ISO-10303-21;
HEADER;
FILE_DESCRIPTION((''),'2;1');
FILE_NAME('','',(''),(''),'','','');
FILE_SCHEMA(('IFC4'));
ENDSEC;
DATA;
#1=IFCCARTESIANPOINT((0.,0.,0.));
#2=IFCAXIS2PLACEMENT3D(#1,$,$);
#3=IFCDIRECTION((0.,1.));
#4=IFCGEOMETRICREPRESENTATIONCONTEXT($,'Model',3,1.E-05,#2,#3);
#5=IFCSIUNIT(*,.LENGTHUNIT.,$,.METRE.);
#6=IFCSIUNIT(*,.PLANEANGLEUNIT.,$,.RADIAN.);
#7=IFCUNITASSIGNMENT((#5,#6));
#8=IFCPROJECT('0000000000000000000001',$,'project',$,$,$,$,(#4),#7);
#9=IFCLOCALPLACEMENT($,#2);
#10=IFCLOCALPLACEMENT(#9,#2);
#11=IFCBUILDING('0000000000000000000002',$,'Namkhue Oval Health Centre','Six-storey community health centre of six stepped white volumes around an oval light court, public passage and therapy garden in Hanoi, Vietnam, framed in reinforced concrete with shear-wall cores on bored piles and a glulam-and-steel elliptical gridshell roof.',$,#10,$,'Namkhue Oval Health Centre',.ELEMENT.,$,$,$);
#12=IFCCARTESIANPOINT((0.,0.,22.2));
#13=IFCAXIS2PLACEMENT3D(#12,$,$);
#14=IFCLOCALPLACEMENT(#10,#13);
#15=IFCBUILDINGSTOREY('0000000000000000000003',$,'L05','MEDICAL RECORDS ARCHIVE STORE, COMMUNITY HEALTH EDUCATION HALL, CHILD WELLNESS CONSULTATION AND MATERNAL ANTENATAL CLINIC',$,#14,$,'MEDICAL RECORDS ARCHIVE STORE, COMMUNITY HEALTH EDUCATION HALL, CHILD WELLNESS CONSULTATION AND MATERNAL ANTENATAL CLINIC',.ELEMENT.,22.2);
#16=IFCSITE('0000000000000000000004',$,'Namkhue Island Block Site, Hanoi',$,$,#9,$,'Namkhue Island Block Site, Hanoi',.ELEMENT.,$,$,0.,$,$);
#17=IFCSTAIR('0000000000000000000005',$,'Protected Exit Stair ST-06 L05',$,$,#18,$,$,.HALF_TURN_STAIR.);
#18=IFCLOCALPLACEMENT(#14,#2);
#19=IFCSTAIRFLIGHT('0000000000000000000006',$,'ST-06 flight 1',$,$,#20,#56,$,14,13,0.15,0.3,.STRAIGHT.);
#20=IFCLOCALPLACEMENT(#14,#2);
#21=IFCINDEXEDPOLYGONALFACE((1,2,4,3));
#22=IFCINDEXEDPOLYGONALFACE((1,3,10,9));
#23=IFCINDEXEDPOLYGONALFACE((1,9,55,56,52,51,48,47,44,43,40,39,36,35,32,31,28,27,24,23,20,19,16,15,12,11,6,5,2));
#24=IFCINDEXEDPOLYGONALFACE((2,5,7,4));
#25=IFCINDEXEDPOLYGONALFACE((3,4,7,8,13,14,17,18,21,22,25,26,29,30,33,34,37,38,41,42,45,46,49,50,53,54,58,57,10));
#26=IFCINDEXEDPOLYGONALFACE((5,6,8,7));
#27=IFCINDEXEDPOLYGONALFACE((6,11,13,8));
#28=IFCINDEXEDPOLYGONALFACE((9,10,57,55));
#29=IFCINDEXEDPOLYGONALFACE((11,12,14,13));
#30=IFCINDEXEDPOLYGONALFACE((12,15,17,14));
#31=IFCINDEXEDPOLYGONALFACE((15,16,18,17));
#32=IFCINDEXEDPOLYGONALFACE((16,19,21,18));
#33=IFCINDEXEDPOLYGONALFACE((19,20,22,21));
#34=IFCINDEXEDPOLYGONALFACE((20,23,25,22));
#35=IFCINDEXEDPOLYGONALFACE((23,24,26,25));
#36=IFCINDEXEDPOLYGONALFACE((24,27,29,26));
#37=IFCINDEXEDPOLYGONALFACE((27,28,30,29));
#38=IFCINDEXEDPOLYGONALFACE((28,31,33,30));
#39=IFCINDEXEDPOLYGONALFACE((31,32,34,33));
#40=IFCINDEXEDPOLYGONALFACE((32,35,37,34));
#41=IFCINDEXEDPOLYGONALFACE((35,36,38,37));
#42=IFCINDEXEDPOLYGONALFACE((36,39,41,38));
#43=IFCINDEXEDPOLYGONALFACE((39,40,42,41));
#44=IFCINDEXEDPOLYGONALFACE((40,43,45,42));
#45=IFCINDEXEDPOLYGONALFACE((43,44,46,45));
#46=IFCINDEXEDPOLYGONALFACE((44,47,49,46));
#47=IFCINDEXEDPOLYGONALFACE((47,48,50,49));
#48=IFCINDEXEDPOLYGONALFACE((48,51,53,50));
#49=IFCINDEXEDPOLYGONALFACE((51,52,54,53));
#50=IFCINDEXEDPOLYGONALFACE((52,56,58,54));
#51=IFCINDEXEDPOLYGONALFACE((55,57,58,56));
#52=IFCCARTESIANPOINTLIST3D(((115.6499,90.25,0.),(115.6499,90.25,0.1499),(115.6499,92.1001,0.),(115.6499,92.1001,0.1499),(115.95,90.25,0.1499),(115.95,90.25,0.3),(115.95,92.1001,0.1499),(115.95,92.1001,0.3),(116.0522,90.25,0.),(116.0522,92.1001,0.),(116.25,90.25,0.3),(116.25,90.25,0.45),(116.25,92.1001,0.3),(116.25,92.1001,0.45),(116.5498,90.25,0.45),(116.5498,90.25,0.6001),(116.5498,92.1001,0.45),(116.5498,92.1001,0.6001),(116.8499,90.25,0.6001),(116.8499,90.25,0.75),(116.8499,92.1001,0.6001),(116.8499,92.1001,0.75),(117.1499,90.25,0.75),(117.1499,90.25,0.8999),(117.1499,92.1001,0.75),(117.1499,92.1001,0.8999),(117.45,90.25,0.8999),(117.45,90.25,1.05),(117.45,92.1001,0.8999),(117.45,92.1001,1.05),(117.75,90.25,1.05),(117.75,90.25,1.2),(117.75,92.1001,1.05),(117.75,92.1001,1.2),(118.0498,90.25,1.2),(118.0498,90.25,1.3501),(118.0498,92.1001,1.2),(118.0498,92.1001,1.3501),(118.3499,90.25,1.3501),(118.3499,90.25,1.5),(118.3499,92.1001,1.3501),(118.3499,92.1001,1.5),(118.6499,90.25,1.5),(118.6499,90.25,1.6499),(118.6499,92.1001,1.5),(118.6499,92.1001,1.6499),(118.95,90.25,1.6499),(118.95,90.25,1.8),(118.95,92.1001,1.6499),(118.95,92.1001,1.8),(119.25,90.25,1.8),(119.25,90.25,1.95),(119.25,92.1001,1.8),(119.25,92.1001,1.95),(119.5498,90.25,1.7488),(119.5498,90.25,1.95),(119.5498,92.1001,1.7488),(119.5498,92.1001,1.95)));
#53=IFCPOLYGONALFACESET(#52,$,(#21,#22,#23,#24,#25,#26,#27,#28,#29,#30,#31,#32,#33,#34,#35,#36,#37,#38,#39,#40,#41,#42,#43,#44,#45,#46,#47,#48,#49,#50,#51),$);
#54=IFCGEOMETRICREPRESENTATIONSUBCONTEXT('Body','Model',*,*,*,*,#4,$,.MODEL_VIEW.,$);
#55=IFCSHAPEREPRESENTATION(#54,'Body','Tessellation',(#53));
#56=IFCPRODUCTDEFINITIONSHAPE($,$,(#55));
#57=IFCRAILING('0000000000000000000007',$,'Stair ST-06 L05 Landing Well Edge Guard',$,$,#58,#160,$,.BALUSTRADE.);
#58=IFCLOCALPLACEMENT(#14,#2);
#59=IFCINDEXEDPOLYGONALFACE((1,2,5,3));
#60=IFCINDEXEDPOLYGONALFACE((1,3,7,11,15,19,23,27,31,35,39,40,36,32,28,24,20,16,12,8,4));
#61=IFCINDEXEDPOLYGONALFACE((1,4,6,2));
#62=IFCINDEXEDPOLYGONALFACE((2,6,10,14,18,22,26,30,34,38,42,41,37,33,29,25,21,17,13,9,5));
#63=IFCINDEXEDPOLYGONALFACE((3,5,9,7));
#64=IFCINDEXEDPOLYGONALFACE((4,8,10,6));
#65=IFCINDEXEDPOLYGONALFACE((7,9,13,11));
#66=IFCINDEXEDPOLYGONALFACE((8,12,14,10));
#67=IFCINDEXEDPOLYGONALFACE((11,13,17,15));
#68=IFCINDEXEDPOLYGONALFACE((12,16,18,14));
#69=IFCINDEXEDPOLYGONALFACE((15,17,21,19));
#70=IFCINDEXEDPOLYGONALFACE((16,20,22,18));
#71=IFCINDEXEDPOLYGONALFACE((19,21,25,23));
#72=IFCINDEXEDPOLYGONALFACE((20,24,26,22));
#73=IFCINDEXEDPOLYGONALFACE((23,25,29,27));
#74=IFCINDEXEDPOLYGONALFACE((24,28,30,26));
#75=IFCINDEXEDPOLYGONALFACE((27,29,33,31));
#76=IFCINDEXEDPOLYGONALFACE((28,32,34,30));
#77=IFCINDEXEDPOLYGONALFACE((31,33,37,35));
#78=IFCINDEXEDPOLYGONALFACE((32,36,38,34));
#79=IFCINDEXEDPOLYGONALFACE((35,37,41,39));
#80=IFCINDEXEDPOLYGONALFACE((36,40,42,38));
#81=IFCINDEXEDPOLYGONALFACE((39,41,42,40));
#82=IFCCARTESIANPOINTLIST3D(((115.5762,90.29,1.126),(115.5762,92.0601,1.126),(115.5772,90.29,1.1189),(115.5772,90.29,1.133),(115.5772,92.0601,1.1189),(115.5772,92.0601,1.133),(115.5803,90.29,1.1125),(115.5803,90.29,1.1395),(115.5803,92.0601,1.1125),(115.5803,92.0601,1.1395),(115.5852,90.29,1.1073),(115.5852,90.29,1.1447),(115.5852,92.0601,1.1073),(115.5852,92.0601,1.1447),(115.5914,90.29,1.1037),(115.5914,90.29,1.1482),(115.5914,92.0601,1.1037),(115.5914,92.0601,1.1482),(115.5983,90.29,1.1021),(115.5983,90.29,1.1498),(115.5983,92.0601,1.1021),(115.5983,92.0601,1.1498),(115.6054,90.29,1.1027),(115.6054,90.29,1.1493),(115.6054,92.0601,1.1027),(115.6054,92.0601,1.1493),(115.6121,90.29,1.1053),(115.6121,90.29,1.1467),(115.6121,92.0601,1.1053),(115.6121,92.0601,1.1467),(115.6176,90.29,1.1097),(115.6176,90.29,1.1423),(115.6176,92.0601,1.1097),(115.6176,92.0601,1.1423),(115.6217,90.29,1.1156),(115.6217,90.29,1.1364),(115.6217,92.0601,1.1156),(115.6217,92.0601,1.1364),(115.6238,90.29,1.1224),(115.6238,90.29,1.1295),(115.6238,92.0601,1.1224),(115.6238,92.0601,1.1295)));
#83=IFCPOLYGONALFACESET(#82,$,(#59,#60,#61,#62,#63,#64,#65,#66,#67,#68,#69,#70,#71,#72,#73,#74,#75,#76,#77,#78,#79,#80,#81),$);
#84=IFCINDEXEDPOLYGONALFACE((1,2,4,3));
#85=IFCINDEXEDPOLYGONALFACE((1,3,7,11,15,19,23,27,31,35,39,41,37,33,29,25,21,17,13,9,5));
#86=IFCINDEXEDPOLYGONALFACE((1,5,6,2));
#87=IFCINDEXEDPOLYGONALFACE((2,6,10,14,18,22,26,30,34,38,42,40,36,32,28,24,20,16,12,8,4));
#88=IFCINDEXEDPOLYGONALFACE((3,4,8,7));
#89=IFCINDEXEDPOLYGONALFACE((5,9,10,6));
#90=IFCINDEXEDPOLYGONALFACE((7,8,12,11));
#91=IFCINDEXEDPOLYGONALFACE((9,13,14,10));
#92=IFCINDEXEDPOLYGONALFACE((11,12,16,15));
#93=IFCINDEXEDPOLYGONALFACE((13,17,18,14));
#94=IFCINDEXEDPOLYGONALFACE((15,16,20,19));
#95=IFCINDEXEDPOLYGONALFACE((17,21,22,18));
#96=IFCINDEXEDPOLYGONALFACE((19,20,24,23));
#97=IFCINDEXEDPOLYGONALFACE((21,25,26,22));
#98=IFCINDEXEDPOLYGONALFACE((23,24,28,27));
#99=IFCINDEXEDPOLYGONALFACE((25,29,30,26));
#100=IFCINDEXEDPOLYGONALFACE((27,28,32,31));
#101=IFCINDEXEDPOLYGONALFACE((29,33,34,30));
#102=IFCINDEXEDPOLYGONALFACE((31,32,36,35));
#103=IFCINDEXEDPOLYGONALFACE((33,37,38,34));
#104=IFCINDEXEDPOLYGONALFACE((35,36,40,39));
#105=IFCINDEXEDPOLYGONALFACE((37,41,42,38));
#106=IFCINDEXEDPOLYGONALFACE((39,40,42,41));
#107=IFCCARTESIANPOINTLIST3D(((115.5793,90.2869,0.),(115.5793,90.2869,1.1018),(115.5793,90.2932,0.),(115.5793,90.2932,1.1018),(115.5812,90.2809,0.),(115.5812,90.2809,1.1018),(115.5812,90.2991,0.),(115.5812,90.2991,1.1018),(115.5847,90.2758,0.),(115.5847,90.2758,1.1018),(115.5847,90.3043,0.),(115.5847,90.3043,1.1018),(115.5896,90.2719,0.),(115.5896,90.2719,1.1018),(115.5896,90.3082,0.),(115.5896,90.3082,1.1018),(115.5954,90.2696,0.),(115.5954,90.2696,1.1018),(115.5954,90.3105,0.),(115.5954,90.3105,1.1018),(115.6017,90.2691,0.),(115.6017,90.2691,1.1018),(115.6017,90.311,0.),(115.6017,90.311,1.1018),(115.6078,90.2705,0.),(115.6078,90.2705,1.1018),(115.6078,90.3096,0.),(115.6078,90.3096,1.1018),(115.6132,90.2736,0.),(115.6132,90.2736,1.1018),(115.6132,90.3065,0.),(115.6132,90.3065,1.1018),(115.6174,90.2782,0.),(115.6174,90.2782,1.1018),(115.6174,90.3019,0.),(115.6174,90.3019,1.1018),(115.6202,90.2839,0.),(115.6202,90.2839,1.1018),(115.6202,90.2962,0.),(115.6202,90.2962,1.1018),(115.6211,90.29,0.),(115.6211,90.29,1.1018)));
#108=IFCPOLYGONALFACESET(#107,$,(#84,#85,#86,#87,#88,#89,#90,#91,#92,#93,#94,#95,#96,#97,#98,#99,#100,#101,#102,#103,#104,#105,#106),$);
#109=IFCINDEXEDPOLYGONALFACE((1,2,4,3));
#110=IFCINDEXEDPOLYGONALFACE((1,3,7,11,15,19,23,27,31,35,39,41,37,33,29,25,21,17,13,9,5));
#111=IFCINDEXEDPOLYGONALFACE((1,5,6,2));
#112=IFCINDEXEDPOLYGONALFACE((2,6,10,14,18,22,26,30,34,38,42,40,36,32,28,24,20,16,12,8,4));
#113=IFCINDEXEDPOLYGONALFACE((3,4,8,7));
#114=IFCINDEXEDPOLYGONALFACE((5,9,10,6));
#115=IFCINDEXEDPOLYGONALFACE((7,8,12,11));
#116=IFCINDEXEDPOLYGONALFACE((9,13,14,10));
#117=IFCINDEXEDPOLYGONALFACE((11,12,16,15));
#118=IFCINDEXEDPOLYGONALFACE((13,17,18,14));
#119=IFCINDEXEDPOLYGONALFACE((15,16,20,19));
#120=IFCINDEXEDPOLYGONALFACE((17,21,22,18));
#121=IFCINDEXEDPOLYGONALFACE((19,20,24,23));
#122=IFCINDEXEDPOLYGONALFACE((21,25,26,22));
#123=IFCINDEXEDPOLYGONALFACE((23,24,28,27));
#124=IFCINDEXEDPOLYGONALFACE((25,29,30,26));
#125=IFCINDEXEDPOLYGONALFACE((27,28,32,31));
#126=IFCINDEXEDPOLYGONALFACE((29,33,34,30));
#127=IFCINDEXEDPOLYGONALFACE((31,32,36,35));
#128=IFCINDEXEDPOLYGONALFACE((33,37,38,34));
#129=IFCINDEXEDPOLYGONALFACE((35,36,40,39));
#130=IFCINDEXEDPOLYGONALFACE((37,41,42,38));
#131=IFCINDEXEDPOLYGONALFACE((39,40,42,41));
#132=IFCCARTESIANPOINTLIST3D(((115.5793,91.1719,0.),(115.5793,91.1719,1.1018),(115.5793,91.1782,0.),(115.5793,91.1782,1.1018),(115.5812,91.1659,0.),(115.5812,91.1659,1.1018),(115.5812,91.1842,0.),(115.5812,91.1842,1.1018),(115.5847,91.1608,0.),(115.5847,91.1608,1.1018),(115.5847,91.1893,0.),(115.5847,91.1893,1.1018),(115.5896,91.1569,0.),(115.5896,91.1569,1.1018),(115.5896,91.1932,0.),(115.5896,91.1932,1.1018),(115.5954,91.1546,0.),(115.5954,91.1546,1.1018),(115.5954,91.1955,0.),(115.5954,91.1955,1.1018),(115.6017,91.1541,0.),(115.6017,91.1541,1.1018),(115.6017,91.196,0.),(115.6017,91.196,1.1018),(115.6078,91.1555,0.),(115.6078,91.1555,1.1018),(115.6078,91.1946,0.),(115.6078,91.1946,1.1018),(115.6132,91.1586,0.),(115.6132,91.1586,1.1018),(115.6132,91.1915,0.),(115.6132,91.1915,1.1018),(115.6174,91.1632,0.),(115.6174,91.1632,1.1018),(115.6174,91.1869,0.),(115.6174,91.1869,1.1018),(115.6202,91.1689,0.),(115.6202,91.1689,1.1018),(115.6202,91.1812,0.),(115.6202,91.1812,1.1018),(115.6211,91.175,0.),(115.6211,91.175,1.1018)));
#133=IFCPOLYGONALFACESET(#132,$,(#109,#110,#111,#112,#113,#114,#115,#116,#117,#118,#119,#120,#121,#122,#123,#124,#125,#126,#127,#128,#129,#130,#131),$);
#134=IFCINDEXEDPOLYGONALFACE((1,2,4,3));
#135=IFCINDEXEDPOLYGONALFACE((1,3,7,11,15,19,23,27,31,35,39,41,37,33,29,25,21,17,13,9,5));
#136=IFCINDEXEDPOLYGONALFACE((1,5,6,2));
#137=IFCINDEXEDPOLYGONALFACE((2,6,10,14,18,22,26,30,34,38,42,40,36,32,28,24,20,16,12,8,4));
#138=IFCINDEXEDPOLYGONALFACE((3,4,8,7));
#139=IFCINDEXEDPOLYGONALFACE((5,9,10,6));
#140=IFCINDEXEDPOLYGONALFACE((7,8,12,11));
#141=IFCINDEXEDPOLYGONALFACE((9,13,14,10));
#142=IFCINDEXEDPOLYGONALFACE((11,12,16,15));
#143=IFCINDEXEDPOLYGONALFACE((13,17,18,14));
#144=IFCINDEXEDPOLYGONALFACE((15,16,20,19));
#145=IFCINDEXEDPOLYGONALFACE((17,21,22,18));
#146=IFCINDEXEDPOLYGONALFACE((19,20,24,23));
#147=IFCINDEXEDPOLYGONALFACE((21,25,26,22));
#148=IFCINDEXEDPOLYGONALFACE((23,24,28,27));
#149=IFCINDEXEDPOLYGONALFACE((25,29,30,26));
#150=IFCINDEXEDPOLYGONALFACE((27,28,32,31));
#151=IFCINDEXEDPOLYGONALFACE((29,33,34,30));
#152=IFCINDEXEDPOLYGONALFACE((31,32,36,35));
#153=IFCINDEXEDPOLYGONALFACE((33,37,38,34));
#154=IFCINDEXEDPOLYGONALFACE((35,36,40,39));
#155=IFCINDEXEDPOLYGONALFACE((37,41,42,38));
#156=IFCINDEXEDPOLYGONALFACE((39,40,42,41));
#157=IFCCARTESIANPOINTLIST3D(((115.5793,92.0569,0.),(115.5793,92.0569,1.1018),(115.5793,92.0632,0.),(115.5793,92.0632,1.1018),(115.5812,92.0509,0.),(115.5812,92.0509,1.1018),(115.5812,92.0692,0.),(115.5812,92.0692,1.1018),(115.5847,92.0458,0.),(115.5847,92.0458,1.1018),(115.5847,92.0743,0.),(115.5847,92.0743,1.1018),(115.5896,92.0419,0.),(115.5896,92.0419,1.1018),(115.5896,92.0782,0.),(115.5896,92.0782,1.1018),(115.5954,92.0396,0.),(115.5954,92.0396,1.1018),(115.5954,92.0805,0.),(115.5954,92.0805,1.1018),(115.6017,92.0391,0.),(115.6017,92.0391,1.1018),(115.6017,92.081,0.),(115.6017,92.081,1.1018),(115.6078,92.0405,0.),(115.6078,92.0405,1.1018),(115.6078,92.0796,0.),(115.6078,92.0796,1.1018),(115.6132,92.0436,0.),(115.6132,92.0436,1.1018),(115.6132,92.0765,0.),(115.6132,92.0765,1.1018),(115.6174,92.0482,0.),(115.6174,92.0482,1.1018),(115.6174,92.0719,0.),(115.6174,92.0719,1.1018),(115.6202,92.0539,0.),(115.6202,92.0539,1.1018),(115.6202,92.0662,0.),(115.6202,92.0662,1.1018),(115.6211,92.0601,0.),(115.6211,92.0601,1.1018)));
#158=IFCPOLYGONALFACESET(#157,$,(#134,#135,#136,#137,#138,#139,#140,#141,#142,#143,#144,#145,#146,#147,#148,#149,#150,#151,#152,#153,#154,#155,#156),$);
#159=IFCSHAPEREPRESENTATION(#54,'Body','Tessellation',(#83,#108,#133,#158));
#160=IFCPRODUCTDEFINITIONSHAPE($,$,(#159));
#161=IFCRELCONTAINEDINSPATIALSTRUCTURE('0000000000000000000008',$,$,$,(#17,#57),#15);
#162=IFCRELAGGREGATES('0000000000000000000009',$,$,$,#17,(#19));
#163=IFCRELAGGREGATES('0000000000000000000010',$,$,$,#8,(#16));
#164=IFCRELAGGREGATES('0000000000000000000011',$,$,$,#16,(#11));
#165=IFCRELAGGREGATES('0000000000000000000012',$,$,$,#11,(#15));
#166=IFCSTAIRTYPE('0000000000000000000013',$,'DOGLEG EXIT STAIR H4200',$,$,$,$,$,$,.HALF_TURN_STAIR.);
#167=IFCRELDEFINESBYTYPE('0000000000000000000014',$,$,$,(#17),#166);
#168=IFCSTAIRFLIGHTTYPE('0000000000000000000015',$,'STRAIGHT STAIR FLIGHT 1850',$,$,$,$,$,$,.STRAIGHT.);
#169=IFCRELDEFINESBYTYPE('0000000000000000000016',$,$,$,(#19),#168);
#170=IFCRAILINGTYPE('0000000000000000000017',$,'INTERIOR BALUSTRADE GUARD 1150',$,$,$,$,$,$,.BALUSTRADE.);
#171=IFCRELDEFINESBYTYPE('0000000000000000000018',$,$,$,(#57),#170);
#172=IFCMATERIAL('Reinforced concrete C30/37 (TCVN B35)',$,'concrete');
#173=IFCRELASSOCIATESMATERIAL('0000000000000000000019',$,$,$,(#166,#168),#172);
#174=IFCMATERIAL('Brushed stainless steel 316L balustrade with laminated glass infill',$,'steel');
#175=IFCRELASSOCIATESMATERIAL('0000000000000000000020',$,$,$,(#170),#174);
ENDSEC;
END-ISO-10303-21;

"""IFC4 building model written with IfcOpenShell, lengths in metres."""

from ifc_helpers import new_model, si_unit, direction, frame, origin, origin_2d, place, context, subcontext, project, spatial, polyline, circle, outline, extrude, material, type_object, element, aggregate, save


model = new_model("IFC4")

# Units and contexts
model_context = context("Model", 3, precision=1e-05, world=origin(), true_north=direction((0.0, 1.0)))
body_context = subcontext(model_context, "Body", "Model", "MODEL_VIEW")
ifc_project = project(units=[si_unit("LENGTHUNIT", "METRE"), si_unit("PLANEANGLEUNIT", "RADIAN")], contexts=[model_context])

# Site, building, storey
site_placement = place(None, origin())
site = spatial("IfcSite", under=ifc_project, at=site_placement, Name="Namkhue Island Block Site, Hanoi", LongName="Namkhue Island Block Site, Hanoi", CompositionType="ELEMENT", RefElevation=0.0)
building_placement = place(site_placement, origin())
building = spatial("IfcBuilding", under=site, at=building_placement, Name="Namkhue Oval Health Centre", Description="Six-storey community health centre of six stepped white volumes around an oval light court, public passage and therapy garden in Hanoi, Vietnam, framed in reinforced concrete with shear-wall cores on bored piles and a glulam-and-steel elliptical gridshell roof.", LongName="Namkhue Oval Health Centre", CompositionType="ELEMENT")
storey_placement = place(building_placement, frame((0.0, 0.0, 22.2)))
storey = spatial("IfcBuildingStorey", under=building, at=storey_placement, Name="L05", Description="MEDICAL RECORDS ARCHIVE STORE, COMMUNITY HEALTH EDUCATION HALL, CHILD WELLNESS CONSULTATION AND MATERNAL ANTENATAL CLINIC", LongName="MEDICAL RECORDS ARCHIVE STORE, COMMUNITY HEALTH EDUCATION HALL, CHILD WELLNESS CONSULTATION AND MATERNAL ANTENATAL CLINIC", CompositionType="ELEMENT", Elevation=22.2)

# Stair, stair flight
ifc_material_1 = material(Name="Reinforced concrete C30/37 (TCVN B35)", Category="concrete")
stair_type = type_object("IfcStairType", Name="DOGLEG EXIT STAIR H4200", PredefinedType="HALF_TURN_STAIR", material=ifc_material_1)
stair_placement = place(storey_placement, origin())
stair = element("IfcStair", 1, at=stair_placement, inside=storey, type_object=stair_type, Name="Protected Exit Stair ST-06 L05", PredefinedType="HALF_TURN_STAIR")
stair_flight_type = type_object("IfcStairFlightType", Name="STRAIGHT STAIR FLIGHT 1850", PredefinedType="STRAIGHT", material=ifc_material_1)
stair_flight_placement = place(storey_placement, frame((115.6499, 91.175, 0.0), z_axis=(0.0, 0.0, 1.0), x_axis=(1.0, 0.0, 0.0)))
stair_flight = element("IfcStairFlight", 2, at=stair_flight_placement, type_object=stair_flight_type, Name="ST-06 flight 1", NumberOfRisers=14, NumberOfTreads=13, PredefinedType="STRAIGHT", RiserHeight=0.15, TreadLength=0.3, context=body_context, shape_type="SweptSolid", body=[
    extrude(outline(polyline([(0.0, 0.0), (0.0, 0.1499), (0.3, 0.1499), (0.3, 0.3), (0.6001, 0.3), (0.6001, 0.45), (0.8999, 0.45), (0.8999, 0.6001), (1.2, 0.6001), (1.2, 0.75), (1.5, 0.75), (1.5, 0.8999), (1.8, 0.8999), (1.8, 1.05), (2.1001, 1.05), (2.1001, 1.2), (2.3999, 1.2), (2.3999, 1.3501), (2.7, 1.3501), (2.7, 1.5), (3.0, 1.5), (3.0, 1.6499), (3.3, 1.6499), (3.3, 1.8), (3.6001, 1.8), (3.6001, 1.95), (3.8999, 1.95), (3.8999, 2.1001), (3.8999, 1.7488), (0.4023, 0.0), (0.0, 0.0)])), frame((0.0, 0.925, 0.0), z_axis=(0.0, -1.0, 0.0), x_axis=(1.0, 0.0, 0.0)), (0.0, 0.0, 1.0), 1.8501),
])
aggregate(stair, [stair_flight])

# Railing
ifc_material_2 = material(Name="Brushed stainless steel 316L balustrade with laminated glass infill", Category="steel")
railing_type_1 = type_object("IfcRailingType", Name="INTERIOR BALUSTRADE GUARD 1150", PredefinedType="BALUSTRADE", material=ifc_material_2)
railing_1_placement = place(storey_placement, frame((115.6001, 90.29, 0.0)))
element("IfcRailing", 3, at=railing_1_placement, inside=storey, type_object=railing_type_1, Name="Stair ST-06 L05 Landing Well Edge Guard", PredefinedType="BALUSTRADE", context=body_context, shape_type="SweptSolid", body=[
    extrude(circle(Radius=0.0239, at=origin_2d()), frame((0.0, 0.0, 1.126), z_axis=(0.0, 1.0, 0.0), x_axis=(-1.0, 0.0, 0.0)), (0.0, 0.0, 1.0), 1.77),
    extrude(circle(Radius=0.021, at=origin_2d()), origin(), (0.0, 0.0, 1.0), 1.1018),
    extrude(circle(Radius=0.021, at=origin_2d()), frame((0.0, 0.885, 0.0)), (0.0, 0.0, 1.0), 1.1018),
    extrude(circle(Radius=0.021, at=origin_2d()), frame((0.0, 1.77, 0.0)), (0.0, 0.0, 1.0), 1.1018),
])

save(model, "model.ifc")
